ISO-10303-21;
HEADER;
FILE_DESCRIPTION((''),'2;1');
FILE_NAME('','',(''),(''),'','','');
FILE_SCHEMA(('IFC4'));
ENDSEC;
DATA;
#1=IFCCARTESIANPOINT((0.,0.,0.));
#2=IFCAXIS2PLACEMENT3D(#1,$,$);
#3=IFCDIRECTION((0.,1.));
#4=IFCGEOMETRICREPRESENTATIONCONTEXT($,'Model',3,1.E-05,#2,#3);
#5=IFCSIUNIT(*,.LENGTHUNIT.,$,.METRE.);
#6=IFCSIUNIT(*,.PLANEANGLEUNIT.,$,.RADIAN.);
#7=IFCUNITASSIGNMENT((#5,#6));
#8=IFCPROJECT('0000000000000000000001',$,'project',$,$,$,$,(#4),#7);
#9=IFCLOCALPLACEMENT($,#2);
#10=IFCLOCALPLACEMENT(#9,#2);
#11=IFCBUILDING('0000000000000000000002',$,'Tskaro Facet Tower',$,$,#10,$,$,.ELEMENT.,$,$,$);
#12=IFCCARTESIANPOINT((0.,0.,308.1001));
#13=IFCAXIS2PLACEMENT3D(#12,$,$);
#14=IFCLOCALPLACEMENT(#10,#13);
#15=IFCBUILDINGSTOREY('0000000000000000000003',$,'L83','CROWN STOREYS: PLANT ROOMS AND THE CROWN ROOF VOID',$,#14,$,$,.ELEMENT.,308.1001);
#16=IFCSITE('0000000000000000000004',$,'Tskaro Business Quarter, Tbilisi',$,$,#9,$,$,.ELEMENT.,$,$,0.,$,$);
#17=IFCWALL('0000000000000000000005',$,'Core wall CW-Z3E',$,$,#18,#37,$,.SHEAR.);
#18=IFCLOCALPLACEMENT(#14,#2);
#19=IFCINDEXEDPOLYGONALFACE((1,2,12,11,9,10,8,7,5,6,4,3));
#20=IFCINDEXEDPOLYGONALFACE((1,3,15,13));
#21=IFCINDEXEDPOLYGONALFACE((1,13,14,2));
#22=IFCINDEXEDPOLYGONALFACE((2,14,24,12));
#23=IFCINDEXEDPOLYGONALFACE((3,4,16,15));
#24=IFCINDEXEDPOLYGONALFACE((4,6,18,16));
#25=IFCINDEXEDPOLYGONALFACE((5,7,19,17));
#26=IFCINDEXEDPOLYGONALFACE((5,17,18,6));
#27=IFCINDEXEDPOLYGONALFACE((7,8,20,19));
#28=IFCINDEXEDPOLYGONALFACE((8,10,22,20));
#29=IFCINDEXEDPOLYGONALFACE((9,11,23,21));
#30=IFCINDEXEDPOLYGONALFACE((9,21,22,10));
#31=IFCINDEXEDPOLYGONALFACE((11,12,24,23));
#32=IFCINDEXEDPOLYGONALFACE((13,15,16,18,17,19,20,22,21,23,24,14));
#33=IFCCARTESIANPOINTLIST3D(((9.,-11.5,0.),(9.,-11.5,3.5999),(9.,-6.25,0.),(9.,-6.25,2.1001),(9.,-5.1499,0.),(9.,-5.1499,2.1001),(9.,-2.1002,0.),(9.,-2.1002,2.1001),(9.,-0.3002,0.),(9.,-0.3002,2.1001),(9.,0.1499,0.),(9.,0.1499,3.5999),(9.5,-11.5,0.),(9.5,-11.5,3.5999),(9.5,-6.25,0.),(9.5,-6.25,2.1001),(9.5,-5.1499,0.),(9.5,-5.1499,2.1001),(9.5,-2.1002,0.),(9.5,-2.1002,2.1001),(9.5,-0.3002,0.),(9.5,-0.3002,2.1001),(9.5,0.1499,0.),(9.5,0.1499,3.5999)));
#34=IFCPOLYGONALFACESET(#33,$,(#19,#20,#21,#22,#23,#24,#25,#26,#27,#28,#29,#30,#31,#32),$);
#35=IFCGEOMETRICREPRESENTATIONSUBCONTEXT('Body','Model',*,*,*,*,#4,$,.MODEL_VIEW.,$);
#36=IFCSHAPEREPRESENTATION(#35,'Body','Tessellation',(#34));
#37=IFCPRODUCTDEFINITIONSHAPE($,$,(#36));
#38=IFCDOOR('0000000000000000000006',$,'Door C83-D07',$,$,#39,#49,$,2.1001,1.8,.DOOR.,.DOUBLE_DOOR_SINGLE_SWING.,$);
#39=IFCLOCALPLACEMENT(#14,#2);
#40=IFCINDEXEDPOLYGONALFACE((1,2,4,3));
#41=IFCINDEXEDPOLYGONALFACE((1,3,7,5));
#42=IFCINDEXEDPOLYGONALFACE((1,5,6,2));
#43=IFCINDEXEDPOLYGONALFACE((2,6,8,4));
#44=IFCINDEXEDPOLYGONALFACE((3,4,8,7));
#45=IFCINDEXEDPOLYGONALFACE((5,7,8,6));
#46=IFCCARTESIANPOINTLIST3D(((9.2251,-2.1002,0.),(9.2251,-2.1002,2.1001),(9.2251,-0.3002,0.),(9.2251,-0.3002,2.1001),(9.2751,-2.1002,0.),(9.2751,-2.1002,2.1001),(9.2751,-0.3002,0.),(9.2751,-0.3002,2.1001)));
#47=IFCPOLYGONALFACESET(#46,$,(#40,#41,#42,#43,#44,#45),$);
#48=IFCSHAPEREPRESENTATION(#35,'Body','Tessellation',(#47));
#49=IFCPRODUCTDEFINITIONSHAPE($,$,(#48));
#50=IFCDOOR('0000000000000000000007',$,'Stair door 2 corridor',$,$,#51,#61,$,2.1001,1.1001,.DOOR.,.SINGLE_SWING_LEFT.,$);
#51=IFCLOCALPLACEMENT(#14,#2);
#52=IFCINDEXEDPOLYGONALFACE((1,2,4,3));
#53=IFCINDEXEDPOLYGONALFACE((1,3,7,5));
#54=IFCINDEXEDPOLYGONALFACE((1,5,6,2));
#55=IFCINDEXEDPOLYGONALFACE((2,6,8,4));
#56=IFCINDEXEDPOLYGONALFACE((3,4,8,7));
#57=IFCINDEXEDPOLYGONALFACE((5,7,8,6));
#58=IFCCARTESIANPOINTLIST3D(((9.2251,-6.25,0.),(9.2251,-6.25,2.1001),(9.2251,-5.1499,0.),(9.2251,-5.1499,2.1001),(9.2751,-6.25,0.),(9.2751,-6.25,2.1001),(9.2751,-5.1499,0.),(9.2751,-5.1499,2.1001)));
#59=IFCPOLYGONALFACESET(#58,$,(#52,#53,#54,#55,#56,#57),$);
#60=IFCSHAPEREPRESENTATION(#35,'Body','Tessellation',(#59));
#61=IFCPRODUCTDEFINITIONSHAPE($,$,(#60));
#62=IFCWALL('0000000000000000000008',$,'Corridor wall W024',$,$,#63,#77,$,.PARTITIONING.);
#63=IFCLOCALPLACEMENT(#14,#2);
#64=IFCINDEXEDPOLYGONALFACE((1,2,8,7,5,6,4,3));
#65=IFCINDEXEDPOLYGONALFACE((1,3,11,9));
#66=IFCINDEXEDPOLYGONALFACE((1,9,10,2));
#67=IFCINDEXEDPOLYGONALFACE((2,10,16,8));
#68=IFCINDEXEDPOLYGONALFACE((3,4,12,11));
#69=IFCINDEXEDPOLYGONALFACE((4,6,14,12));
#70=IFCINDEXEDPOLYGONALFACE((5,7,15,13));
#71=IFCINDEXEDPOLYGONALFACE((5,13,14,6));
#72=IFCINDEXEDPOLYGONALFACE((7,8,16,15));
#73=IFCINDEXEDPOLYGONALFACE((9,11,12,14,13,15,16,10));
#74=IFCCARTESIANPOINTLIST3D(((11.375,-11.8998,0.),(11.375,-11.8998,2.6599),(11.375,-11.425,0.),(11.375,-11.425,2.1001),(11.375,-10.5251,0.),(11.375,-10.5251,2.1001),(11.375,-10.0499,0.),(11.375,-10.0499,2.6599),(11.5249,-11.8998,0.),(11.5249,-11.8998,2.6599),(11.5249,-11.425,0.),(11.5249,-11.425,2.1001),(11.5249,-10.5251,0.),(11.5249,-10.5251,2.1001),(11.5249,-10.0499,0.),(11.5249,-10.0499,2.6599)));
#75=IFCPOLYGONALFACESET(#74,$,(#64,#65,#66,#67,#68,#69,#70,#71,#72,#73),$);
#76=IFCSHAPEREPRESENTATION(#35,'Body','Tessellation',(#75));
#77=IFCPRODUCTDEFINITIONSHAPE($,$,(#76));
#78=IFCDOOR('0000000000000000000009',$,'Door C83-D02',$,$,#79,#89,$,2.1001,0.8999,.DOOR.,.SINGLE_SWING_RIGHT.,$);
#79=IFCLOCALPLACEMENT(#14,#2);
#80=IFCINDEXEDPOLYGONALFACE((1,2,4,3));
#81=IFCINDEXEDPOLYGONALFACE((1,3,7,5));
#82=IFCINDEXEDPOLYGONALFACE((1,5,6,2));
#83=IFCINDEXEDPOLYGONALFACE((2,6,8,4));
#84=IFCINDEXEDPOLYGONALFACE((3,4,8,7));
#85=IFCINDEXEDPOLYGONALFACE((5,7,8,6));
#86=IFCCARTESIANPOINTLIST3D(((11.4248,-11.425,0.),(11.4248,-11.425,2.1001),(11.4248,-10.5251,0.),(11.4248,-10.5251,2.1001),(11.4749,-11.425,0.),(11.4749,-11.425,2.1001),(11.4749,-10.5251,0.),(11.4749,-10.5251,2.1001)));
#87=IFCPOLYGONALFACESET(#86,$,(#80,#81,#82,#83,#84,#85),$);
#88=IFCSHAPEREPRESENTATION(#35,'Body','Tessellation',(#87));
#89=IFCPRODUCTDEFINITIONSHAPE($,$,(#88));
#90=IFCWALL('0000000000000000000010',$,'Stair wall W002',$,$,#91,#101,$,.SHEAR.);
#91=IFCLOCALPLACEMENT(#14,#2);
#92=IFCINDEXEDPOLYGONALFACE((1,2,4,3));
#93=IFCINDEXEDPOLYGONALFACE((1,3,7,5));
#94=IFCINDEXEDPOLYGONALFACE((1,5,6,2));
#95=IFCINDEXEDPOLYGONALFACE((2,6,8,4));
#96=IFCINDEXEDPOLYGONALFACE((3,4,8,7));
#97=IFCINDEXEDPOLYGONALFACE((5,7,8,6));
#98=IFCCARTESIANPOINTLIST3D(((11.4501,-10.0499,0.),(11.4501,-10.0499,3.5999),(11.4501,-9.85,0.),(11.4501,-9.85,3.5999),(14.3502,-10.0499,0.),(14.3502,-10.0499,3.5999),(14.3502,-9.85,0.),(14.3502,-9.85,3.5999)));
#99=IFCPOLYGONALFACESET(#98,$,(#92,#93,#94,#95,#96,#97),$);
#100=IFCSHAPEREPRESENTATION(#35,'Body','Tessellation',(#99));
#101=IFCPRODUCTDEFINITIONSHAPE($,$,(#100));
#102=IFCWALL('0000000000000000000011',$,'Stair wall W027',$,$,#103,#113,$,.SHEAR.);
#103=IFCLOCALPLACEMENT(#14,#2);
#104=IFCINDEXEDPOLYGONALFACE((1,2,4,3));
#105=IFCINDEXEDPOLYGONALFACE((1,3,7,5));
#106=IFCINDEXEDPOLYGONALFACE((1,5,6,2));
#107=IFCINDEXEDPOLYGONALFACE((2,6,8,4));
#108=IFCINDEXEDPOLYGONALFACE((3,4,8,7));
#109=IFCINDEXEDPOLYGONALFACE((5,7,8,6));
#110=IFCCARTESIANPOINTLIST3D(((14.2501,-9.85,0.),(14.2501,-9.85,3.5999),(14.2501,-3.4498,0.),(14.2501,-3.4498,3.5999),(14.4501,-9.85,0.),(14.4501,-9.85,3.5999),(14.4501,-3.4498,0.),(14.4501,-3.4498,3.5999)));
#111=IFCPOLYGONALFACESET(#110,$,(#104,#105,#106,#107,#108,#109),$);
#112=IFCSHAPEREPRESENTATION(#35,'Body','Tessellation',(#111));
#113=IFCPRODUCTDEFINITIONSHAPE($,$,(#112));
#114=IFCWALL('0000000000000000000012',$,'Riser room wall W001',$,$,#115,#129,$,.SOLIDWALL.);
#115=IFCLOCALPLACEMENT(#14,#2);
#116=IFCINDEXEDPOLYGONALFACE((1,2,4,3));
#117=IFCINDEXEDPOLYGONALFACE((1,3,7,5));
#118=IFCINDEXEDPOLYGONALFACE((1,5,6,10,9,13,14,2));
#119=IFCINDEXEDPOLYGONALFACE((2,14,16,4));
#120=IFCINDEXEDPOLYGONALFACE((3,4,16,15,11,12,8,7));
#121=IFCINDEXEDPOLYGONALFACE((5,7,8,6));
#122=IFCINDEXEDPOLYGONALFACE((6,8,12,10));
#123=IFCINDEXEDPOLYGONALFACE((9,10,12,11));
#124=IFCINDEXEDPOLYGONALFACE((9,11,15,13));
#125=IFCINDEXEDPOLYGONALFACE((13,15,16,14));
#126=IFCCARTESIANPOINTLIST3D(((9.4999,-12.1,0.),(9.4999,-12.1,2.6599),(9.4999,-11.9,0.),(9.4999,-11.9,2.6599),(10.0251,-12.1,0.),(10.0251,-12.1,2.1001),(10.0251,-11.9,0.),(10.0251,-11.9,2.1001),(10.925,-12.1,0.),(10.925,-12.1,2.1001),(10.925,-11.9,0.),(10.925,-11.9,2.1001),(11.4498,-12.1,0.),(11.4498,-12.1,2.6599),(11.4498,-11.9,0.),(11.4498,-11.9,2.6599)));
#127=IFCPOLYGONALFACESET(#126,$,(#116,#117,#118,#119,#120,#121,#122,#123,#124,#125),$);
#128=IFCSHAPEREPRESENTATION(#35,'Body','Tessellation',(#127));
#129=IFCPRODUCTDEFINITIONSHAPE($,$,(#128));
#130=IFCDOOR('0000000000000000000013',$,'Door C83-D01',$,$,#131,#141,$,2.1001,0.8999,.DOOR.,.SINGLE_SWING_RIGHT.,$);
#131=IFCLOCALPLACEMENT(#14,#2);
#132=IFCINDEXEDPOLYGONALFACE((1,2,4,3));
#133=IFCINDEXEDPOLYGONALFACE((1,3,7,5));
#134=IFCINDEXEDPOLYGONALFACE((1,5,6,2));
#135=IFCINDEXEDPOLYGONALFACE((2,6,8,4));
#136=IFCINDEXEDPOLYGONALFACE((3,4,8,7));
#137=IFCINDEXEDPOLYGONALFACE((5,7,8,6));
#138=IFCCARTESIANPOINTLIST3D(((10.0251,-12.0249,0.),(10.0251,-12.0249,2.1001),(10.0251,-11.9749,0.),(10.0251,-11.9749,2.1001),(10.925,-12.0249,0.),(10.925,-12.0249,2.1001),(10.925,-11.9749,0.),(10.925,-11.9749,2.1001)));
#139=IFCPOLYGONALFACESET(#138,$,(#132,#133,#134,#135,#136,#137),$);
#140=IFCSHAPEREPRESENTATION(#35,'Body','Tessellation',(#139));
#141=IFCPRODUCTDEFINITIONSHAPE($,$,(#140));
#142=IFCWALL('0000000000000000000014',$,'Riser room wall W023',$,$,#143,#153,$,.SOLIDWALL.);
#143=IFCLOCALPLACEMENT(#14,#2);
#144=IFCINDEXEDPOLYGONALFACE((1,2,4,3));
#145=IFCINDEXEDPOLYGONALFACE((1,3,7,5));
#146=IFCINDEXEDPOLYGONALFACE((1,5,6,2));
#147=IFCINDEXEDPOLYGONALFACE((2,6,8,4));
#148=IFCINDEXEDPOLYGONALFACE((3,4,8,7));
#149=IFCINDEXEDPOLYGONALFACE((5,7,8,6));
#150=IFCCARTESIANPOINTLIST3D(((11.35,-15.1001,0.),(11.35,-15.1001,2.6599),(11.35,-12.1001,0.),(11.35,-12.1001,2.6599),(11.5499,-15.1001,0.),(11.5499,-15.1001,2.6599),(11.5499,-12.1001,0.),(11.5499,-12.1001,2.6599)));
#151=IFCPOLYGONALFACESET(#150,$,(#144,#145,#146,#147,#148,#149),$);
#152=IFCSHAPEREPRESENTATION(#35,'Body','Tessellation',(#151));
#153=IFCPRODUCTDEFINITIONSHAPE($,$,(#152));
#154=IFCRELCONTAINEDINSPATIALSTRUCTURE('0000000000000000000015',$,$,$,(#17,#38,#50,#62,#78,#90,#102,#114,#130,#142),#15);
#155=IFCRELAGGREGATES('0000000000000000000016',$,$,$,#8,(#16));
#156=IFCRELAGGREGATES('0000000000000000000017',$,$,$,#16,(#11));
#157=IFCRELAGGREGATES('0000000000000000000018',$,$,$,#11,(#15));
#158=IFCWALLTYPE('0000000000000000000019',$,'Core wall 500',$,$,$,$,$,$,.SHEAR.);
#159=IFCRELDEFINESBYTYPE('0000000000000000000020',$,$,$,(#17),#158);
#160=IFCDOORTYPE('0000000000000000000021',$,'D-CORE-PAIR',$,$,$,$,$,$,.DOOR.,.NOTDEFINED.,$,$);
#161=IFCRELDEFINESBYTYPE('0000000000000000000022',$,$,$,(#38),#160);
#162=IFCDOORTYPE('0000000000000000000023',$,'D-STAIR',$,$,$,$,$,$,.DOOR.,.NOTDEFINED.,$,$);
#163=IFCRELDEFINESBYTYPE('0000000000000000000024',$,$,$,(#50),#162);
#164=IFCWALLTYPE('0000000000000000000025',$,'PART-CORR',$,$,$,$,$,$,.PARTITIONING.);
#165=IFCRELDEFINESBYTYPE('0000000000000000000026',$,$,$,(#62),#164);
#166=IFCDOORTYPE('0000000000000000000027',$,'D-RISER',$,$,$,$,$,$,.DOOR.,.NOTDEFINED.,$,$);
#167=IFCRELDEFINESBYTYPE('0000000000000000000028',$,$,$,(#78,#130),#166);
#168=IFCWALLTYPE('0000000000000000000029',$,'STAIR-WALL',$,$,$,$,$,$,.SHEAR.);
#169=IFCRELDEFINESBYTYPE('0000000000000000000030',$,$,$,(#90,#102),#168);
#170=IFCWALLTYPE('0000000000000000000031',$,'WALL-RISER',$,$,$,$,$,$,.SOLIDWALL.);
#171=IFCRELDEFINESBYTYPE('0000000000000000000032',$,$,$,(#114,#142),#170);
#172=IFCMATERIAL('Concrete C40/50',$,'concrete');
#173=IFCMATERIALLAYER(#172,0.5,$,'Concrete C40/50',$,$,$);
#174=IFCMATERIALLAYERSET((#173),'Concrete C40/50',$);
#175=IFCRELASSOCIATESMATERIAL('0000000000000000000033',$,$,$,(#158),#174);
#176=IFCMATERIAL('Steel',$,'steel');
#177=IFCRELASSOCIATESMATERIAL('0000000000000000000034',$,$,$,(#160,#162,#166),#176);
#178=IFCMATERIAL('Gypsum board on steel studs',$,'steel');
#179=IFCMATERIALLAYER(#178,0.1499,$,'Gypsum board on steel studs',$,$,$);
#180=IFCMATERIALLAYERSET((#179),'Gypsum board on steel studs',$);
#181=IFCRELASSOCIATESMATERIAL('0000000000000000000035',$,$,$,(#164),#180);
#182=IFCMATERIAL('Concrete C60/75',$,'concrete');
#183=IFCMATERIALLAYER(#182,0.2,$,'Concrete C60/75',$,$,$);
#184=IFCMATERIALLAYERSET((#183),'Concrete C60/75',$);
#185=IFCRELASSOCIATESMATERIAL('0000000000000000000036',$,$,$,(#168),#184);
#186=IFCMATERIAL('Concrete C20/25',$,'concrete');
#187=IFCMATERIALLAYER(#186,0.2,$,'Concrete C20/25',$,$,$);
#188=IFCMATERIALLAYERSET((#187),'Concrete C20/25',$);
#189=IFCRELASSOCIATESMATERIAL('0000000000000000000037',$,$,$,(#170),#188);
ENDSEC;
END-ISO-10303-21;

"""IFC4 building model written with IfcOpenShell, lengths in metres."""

from ifc_helpers import new_model, si_unit, direction, frame, frame_2d, origin, place, context, subcontext, project, spatial, polyline, rectangle, outline, extrude, material, layer, layer_set, type_object, element, fill, save


model = new_model("IFC4")

# Units and contexts
model_context = context("Model", 3, precision=1e-05, world=origin(), true_north=direction((0.0, 1.0)))
body_context = subcontext(model_context, "Body", "Model", "MODEL_VIEW")
ifc_project = project(units=[si_unit("LENGTHUNIT", "METRE"), si_unit("PLANEANGLEUNIT", "RADIAN")], contexts=[model_context])

# Site, building, storey
site_placement = place(None, origin())
site = spatial("IfcSite", under=ifc_project, at=site_placement, Name="Tskaro Business Quarter, Tbilisi", CompositionType="ELEMENT", RefElevation=0.0)
building_placement = place(site_placement, origin())
building = spatial("IfcBuilding", under=site, at=building_placement, Name="Tskaro Facet Tower", CompositionType="ELEMENT")
storey_placement = place(building_placement, frame((0.0, 0.0, 308.1001)))
storey = spatial("IfcBuildingStorey", under=building, at=storey_placement, Name="L83", Description="CROWN STOREYS: PLANT ROOMS AND THE CROWN ROOF VOID", CompositionType="ELEMENT", Elevation=308.1001)

# Shared definitions
ifc_material_1 = material(Name="Concrete C60/75", Category="concrete")

# Wall, openings, doors
ifc_material_2 = material(Name="Concrete C40/50", Category="concrete")
ifc_layer_1 = layer(ifc_material_2, 0.5, Name="Concrete C40/50")
ifc_layer_set_1 = layer_set([ifc_layer_1], Name="Concrete C40/50")
wall_type_1 = type_object("IfcWallType", Name="Core wall 500", PredefinedType="SHEAR", material=ifc_layer_set_1)
wall_1_placement = place(storey_placement, frame((9.25, -11.5, 0.0), z_axis=(0.0, 0.0, 1.0), x_axis=(0.0, 1.0, 0.0)))
wall_1 = element("IfcWall", 1, at=wall_1_placement, inside=storey, type_object=wall_type_1, Name="Core wall CW-Z3E", PredefinedType="SHEAR", context=body_context, shape_type="SweptSolid", body=[
    extrude(outline(polyline([(0.0, 0.0), (11.6499, 0.0), (11.6499, 3.5999), (0.0, 3.5999), (0.0, 0.0)])), frame((0.0, 0.25, 0.0), z_axis=(0.0, -1.0, 0.0), x_axis=(1.0, 0.0, 0.0)), (0.0, 0.0, 1.0), 0.5),
])
opening_1_placement = place(wall_1_placement, frame((9.3999, 0.0, 0.0)))
opening_1 = element("IfcOpeningElement", 2, at=opening_1_placement, cuts=wall_1, PredefinedType="OPENING", context=body_context, shape_type="SweptSolid", body=[
    extrude(rectangle(XDim=1.8, YDim=2.1001, at=frame_2d((0.8999, 1.05))), frame((0.0, 0.26, 0.0), z_axis=(0.0, -1.0, 0.0), x_axis=(1.0, 0.0, 0.0)), (0.0, 0.0, 1.0), 0.52),
])
opening_2_placement = place(wall_1_placement, frame((5.25, 0.0, 0.0)))
opening_2 = element("IfcOpeningElement", 3, at=opening_2_placement, cuts=wall_1, PredefinedType="OPENING", context=body_context, shape_type="SweptSolid", body=[
    extrude(rectangle(XDim=1.1001, YDim=2.1001, at=frame_2d((0.55, 1.05))), frame((0.0, 0.26, 0.0), z_axis=(0.0, -1.0, 0.0), x_axis=(1.0, 0.0, 0.0)), (0.0, 0.0, 1.0), 0.52),
])
ifc_material_3 = material(Name="Steel", Category="steel")
door_type_1 = type_object("IfcDoorType", Name="D-CORE-PAIR", OperationType="NOTDEFINED", PredefinedType="DOOR", material=ifc_material_3)
door_1_placement = place(opening_1_placement, origin())
door_1 = element("IfcDoor", 4, at=door_1_placement, inside=storey, type_object=door_type_1, Name="Door C83-D07", OperationType="DOUBLE_DOOR_SINGLE_SWING", OverallHeight=2.1001, OverallWidth=1.8, PredefinedType="DOOR", context=body_context, shape_type="SweptSolid", body=[
    extrude(rectangle(XDim=1.8, YDim=2.1001, at=frame_2d((0.8999, 1.05))), frame((0.0, 0.0249, 0.0), z_axis=(0.0, -1.0, 0.0), x_axis=(1.0, 0.0, 0.0)), (0.0, 0.0, 1.0), 0.05),
])
fill(opening_1, door_1)
door_type_2 = type_object("IfcDoorType", Name="D-STAIR", OperationType="NOTDEFINED", PredefinedType="DOOR", material=ifc_material_3)
door_2_placement = place(opening_2_placement, origin())
door_2 = element("IfcDoor", 5, at=door_2_placement, inside=storey, type_object=door_type_2, Name="Stair door 2 corridor", OperationType="SINGLE_SWING_LEFT", OverallHeight=2.1001, OverallWidth=1.1001, PredefinedType="DOOR", context=body_context, shape_type="SweptSolid", body=[
    extrude(rectangle(XDim=1.1001, YDim=2.1001, at=frame_2d((0.55, 1.05))), frame((0.0, 0.0249, 0.0), z_axis=(0.0, -1.0, 0.0), x_axis=(1.0, 0.0, 0.0)), (0.0, 0.0, 1.0), 0.05),
])
fill(opening_2, door_2)

# Wall, opening, door
ifc_material_4 = material(Name="Gypsum board on steel studs", Category="steel")
ifc_layer_2 = layer(ifc_material_4, 0.1499, Name="Gypsum board on steel studs")
ifc_layer_set_2 = layer_set([ifc_layer_2], Name="Gypsum board on steel studs")
wall_type_2 = type_object("IfcWallType", Name="PART-CORR", PredefinedType="PARTITIONING", material=ifc_layer_set_2)
wall_2_placement = place(storey_placement, frame((11.45, -10.05, 0.0), z_axis=(0.0, 0.0, 1.0), x_axis=(0.0, -1.0, 0.0)))
wall_2 = element("IfcWall", 6, at=wall_2_placement, inside=storey, type_object=wall_type_2, Name="Corridor wall W024", PredefinedType="PARTITIONING", context=body_context, shape_type="SweptSolid", body=[
    extrude(rectangle(XDim=1.8499, YDim=0.1499, at=frame_2d((0.9248, 0.0))), origin(), (0.0, 0.0, 1.0), 2.6599),
])
opening_3_placement = place(wall_2_placement, frame((0.4751, 0.0, 0.0)))
opening_3 = element("IfcOpeningElement", 7, at=opening_3_placement, cuts=wall_2, PredefinedType="OPENING", context=body_context, shape_type="SweptSolid", body=[
    extrude(rectangle(XDim=0.8999, YDim=2.1001, at=frame_2d((0.45, 1.05))), frame((0.0, 0.085, 0.0), z_axis=(0.0, -1.0, 0.0), x_axis=(1.0, 0.0, 0.0)), (0.0, 0.0, 1.0), 0.1699),
])
door_type_3 = type_object("IfcDoorType", Name="D-RISER", OperationType="NOTDEFINED", PredefinedType="DOOR", material=ifc_material_3)
door_3_placement = place(opening_3_placement, origin())
door_3 = element("IfcDoor", 8, at=door_3_placement, inside=storey, type_object=door_type_3, Name="Door C83-D02", OperationType="SINGLE_SWING_RIGHT", OverallHeight=2.1001, OverallWidth=0.8999, PredefinedType="DOOR", context=body_context, shape_type="SweptSolid", body=[
    extrude(rectangle(XDim=0.8999, YDim=2.1001, at=frame_2d((0.45, 1.05))), frame((0.0, 0.0249, 0.0), z_axis=(0.0, -1.0, 0.0), x_axis=(1.0, 0.0, 0.0)), (0.0, 0.0, 1.0), 0.05),
])
fill(opening_3, door_3)

# Walls
ifc_layer_3 = layer(ifc_material_1, 0.2, Name="Concrete C60/75")
ifc_layer_set_3 = layer_set([ifc_layer_3], Name="Concrete C60/75")
wall_type_3 = type_object("IfcWallType", Name="STAIR-WALL", PredefinedType="SHEAR", material=ifc_layer_set_3)
wall_3_placement = place(storey_placement, frame((11.45, -9.95, 0.0), z_axis=(0.0, 0.0, 1.0), x_axis=(1.0, 0.0, 0.0)))
element("IfcWall", 9, at=wall_3_placement, inside=storey, type_object=wall_type_3, Name="Stair wall W002", PredefinedType="SHEAR", context=body_context, shape_type="SweptSolid", body=[
    extrude(rectangle(XDim=2.9001, YDim=0.2, at=frame_2d((1.4502, 0.0))), origin(), (0.0, 0.0, 1.0), 3.5999),
])
wall_4_placement = place(storey_placement, frame((14.3501, -9.8501, 0.0), z_axis=(0.0, 0.0, 1.0), x_axis=(0.0, 1.0, 0.0)))
element("IfcWall", 10, at=wall_4_placement, inside=storey, type_object=wall_type_3, Name="Stair wall W027", PredefinedType="SHEAR", context=body_context, shape_type="SweptSolid", body=[
    extrude(rectangle(XDim=6.4001, YDim=0.2, at=frame_2d((3.2002, 0.0))), origin(), (0.0, 0.0, 1.0), 3.5999),
])

# Wall, opening, door
ifc_material_5 = material(Name="Concrete C20/25", Category="concrete")
ifc_layer_4 = layer(ifc_material_5, 0.2, Name="Concrete C20/25")
ifc_layer_set_4 = layer_set([ifc_layer_4], Name="Concrete C20/25")
wall_type_4 = type_object("IfcWallType", Name="WALL-RISER", PredefinedType="SOLIDWALL", material=ifc_layer_set_4)
wall_5_placement = place(storey_placement, frame((11.45, -12.0, 0.0), z_axis=(0.0, 0.0, 1.0), x_axis=(-1.0, 0.0, 0.0)))
wall_5 = element("IfcWall", 11, at=wall_5_placement, inside=storey, type_object=wall_type_4, Name="Riser room wall W001", PredefinedType="SOLIDWALL", context=body_context, shape_type="SweptSolid", body=[
    extrude(rectangle(XDim=1.95, YDim=0.2, at=frame_2d((0.9751, 0.0))), origin(), (0.0, 0.0, 1.0), 2.6599),
])
opening_4_placement = place(wall_5_placement, frame((0.5249, 0.0, 0.0)))
opening_4 = element("IfcOpeningElement", 12, at=opening_4_placement, cuts=wall_5, PredefinedType="OPENING", context=body_context, shape_type="SweptSolid", body=[
    extrude(rectangle(XDim=0.8999, YDim=2.1001, at=frame_2d((0.45, 1.05))), frame((0.0, 0.1099, 0.0), z_axis=(0.0, -1.0, 0.0), x_axis=(1.0, 0.0, 0.0)), (0.0, 0.0, 1.0), 0.22),
])
door_4_placement = place(opening_4_placement, origin())
door_4 = element("IfcDoor", 13, at=door_4_placement, inside=storey, type_object=door_type_3, Name="Door C83-D01", OperationType="SINGLE_SWING_RIGHT", OverallHeight=2.1001, OverallWidth=0.8999, PredefinedType="DOOR", context=body_context, shape_type="SweptSolid", body=[
    extrude(rectangle(XDim=0.8999, YDim=2.1001, at=frame_2d((0.45, 1.05))), frame((0.0, 0.0249, 0.0), z_axis=(0.0, -1.0, 0.0), x_axis=(1.0, 0.0, 0.0)), (0.0, 0.0, 1.0), 0.05),
])
fill(opening_4, door_4)

# Wall
wall_6_placement = place(storey_placement, frame((11.45, -15.1001, 0.0), z_axis=(0.0, 0.0, 1.0), x_axis=(0.0, 1.0, 0.0)))
element("IfcWall", 14, at=wall_6_placement, inside=storey, type_object=wall_type_4, Name="Riser room wall W023", PredefinedType="SOLIDWALL", context=body_context, shape_type="SweptSolid", body=[
    extrude(rectangle(XDim=3.0, YDim=0.2, at=frame_2d((1.5, 0.0))), origin(), (0.0, 0.0, 1.0), 2.6599),
])

save(model, "model.ifc")
